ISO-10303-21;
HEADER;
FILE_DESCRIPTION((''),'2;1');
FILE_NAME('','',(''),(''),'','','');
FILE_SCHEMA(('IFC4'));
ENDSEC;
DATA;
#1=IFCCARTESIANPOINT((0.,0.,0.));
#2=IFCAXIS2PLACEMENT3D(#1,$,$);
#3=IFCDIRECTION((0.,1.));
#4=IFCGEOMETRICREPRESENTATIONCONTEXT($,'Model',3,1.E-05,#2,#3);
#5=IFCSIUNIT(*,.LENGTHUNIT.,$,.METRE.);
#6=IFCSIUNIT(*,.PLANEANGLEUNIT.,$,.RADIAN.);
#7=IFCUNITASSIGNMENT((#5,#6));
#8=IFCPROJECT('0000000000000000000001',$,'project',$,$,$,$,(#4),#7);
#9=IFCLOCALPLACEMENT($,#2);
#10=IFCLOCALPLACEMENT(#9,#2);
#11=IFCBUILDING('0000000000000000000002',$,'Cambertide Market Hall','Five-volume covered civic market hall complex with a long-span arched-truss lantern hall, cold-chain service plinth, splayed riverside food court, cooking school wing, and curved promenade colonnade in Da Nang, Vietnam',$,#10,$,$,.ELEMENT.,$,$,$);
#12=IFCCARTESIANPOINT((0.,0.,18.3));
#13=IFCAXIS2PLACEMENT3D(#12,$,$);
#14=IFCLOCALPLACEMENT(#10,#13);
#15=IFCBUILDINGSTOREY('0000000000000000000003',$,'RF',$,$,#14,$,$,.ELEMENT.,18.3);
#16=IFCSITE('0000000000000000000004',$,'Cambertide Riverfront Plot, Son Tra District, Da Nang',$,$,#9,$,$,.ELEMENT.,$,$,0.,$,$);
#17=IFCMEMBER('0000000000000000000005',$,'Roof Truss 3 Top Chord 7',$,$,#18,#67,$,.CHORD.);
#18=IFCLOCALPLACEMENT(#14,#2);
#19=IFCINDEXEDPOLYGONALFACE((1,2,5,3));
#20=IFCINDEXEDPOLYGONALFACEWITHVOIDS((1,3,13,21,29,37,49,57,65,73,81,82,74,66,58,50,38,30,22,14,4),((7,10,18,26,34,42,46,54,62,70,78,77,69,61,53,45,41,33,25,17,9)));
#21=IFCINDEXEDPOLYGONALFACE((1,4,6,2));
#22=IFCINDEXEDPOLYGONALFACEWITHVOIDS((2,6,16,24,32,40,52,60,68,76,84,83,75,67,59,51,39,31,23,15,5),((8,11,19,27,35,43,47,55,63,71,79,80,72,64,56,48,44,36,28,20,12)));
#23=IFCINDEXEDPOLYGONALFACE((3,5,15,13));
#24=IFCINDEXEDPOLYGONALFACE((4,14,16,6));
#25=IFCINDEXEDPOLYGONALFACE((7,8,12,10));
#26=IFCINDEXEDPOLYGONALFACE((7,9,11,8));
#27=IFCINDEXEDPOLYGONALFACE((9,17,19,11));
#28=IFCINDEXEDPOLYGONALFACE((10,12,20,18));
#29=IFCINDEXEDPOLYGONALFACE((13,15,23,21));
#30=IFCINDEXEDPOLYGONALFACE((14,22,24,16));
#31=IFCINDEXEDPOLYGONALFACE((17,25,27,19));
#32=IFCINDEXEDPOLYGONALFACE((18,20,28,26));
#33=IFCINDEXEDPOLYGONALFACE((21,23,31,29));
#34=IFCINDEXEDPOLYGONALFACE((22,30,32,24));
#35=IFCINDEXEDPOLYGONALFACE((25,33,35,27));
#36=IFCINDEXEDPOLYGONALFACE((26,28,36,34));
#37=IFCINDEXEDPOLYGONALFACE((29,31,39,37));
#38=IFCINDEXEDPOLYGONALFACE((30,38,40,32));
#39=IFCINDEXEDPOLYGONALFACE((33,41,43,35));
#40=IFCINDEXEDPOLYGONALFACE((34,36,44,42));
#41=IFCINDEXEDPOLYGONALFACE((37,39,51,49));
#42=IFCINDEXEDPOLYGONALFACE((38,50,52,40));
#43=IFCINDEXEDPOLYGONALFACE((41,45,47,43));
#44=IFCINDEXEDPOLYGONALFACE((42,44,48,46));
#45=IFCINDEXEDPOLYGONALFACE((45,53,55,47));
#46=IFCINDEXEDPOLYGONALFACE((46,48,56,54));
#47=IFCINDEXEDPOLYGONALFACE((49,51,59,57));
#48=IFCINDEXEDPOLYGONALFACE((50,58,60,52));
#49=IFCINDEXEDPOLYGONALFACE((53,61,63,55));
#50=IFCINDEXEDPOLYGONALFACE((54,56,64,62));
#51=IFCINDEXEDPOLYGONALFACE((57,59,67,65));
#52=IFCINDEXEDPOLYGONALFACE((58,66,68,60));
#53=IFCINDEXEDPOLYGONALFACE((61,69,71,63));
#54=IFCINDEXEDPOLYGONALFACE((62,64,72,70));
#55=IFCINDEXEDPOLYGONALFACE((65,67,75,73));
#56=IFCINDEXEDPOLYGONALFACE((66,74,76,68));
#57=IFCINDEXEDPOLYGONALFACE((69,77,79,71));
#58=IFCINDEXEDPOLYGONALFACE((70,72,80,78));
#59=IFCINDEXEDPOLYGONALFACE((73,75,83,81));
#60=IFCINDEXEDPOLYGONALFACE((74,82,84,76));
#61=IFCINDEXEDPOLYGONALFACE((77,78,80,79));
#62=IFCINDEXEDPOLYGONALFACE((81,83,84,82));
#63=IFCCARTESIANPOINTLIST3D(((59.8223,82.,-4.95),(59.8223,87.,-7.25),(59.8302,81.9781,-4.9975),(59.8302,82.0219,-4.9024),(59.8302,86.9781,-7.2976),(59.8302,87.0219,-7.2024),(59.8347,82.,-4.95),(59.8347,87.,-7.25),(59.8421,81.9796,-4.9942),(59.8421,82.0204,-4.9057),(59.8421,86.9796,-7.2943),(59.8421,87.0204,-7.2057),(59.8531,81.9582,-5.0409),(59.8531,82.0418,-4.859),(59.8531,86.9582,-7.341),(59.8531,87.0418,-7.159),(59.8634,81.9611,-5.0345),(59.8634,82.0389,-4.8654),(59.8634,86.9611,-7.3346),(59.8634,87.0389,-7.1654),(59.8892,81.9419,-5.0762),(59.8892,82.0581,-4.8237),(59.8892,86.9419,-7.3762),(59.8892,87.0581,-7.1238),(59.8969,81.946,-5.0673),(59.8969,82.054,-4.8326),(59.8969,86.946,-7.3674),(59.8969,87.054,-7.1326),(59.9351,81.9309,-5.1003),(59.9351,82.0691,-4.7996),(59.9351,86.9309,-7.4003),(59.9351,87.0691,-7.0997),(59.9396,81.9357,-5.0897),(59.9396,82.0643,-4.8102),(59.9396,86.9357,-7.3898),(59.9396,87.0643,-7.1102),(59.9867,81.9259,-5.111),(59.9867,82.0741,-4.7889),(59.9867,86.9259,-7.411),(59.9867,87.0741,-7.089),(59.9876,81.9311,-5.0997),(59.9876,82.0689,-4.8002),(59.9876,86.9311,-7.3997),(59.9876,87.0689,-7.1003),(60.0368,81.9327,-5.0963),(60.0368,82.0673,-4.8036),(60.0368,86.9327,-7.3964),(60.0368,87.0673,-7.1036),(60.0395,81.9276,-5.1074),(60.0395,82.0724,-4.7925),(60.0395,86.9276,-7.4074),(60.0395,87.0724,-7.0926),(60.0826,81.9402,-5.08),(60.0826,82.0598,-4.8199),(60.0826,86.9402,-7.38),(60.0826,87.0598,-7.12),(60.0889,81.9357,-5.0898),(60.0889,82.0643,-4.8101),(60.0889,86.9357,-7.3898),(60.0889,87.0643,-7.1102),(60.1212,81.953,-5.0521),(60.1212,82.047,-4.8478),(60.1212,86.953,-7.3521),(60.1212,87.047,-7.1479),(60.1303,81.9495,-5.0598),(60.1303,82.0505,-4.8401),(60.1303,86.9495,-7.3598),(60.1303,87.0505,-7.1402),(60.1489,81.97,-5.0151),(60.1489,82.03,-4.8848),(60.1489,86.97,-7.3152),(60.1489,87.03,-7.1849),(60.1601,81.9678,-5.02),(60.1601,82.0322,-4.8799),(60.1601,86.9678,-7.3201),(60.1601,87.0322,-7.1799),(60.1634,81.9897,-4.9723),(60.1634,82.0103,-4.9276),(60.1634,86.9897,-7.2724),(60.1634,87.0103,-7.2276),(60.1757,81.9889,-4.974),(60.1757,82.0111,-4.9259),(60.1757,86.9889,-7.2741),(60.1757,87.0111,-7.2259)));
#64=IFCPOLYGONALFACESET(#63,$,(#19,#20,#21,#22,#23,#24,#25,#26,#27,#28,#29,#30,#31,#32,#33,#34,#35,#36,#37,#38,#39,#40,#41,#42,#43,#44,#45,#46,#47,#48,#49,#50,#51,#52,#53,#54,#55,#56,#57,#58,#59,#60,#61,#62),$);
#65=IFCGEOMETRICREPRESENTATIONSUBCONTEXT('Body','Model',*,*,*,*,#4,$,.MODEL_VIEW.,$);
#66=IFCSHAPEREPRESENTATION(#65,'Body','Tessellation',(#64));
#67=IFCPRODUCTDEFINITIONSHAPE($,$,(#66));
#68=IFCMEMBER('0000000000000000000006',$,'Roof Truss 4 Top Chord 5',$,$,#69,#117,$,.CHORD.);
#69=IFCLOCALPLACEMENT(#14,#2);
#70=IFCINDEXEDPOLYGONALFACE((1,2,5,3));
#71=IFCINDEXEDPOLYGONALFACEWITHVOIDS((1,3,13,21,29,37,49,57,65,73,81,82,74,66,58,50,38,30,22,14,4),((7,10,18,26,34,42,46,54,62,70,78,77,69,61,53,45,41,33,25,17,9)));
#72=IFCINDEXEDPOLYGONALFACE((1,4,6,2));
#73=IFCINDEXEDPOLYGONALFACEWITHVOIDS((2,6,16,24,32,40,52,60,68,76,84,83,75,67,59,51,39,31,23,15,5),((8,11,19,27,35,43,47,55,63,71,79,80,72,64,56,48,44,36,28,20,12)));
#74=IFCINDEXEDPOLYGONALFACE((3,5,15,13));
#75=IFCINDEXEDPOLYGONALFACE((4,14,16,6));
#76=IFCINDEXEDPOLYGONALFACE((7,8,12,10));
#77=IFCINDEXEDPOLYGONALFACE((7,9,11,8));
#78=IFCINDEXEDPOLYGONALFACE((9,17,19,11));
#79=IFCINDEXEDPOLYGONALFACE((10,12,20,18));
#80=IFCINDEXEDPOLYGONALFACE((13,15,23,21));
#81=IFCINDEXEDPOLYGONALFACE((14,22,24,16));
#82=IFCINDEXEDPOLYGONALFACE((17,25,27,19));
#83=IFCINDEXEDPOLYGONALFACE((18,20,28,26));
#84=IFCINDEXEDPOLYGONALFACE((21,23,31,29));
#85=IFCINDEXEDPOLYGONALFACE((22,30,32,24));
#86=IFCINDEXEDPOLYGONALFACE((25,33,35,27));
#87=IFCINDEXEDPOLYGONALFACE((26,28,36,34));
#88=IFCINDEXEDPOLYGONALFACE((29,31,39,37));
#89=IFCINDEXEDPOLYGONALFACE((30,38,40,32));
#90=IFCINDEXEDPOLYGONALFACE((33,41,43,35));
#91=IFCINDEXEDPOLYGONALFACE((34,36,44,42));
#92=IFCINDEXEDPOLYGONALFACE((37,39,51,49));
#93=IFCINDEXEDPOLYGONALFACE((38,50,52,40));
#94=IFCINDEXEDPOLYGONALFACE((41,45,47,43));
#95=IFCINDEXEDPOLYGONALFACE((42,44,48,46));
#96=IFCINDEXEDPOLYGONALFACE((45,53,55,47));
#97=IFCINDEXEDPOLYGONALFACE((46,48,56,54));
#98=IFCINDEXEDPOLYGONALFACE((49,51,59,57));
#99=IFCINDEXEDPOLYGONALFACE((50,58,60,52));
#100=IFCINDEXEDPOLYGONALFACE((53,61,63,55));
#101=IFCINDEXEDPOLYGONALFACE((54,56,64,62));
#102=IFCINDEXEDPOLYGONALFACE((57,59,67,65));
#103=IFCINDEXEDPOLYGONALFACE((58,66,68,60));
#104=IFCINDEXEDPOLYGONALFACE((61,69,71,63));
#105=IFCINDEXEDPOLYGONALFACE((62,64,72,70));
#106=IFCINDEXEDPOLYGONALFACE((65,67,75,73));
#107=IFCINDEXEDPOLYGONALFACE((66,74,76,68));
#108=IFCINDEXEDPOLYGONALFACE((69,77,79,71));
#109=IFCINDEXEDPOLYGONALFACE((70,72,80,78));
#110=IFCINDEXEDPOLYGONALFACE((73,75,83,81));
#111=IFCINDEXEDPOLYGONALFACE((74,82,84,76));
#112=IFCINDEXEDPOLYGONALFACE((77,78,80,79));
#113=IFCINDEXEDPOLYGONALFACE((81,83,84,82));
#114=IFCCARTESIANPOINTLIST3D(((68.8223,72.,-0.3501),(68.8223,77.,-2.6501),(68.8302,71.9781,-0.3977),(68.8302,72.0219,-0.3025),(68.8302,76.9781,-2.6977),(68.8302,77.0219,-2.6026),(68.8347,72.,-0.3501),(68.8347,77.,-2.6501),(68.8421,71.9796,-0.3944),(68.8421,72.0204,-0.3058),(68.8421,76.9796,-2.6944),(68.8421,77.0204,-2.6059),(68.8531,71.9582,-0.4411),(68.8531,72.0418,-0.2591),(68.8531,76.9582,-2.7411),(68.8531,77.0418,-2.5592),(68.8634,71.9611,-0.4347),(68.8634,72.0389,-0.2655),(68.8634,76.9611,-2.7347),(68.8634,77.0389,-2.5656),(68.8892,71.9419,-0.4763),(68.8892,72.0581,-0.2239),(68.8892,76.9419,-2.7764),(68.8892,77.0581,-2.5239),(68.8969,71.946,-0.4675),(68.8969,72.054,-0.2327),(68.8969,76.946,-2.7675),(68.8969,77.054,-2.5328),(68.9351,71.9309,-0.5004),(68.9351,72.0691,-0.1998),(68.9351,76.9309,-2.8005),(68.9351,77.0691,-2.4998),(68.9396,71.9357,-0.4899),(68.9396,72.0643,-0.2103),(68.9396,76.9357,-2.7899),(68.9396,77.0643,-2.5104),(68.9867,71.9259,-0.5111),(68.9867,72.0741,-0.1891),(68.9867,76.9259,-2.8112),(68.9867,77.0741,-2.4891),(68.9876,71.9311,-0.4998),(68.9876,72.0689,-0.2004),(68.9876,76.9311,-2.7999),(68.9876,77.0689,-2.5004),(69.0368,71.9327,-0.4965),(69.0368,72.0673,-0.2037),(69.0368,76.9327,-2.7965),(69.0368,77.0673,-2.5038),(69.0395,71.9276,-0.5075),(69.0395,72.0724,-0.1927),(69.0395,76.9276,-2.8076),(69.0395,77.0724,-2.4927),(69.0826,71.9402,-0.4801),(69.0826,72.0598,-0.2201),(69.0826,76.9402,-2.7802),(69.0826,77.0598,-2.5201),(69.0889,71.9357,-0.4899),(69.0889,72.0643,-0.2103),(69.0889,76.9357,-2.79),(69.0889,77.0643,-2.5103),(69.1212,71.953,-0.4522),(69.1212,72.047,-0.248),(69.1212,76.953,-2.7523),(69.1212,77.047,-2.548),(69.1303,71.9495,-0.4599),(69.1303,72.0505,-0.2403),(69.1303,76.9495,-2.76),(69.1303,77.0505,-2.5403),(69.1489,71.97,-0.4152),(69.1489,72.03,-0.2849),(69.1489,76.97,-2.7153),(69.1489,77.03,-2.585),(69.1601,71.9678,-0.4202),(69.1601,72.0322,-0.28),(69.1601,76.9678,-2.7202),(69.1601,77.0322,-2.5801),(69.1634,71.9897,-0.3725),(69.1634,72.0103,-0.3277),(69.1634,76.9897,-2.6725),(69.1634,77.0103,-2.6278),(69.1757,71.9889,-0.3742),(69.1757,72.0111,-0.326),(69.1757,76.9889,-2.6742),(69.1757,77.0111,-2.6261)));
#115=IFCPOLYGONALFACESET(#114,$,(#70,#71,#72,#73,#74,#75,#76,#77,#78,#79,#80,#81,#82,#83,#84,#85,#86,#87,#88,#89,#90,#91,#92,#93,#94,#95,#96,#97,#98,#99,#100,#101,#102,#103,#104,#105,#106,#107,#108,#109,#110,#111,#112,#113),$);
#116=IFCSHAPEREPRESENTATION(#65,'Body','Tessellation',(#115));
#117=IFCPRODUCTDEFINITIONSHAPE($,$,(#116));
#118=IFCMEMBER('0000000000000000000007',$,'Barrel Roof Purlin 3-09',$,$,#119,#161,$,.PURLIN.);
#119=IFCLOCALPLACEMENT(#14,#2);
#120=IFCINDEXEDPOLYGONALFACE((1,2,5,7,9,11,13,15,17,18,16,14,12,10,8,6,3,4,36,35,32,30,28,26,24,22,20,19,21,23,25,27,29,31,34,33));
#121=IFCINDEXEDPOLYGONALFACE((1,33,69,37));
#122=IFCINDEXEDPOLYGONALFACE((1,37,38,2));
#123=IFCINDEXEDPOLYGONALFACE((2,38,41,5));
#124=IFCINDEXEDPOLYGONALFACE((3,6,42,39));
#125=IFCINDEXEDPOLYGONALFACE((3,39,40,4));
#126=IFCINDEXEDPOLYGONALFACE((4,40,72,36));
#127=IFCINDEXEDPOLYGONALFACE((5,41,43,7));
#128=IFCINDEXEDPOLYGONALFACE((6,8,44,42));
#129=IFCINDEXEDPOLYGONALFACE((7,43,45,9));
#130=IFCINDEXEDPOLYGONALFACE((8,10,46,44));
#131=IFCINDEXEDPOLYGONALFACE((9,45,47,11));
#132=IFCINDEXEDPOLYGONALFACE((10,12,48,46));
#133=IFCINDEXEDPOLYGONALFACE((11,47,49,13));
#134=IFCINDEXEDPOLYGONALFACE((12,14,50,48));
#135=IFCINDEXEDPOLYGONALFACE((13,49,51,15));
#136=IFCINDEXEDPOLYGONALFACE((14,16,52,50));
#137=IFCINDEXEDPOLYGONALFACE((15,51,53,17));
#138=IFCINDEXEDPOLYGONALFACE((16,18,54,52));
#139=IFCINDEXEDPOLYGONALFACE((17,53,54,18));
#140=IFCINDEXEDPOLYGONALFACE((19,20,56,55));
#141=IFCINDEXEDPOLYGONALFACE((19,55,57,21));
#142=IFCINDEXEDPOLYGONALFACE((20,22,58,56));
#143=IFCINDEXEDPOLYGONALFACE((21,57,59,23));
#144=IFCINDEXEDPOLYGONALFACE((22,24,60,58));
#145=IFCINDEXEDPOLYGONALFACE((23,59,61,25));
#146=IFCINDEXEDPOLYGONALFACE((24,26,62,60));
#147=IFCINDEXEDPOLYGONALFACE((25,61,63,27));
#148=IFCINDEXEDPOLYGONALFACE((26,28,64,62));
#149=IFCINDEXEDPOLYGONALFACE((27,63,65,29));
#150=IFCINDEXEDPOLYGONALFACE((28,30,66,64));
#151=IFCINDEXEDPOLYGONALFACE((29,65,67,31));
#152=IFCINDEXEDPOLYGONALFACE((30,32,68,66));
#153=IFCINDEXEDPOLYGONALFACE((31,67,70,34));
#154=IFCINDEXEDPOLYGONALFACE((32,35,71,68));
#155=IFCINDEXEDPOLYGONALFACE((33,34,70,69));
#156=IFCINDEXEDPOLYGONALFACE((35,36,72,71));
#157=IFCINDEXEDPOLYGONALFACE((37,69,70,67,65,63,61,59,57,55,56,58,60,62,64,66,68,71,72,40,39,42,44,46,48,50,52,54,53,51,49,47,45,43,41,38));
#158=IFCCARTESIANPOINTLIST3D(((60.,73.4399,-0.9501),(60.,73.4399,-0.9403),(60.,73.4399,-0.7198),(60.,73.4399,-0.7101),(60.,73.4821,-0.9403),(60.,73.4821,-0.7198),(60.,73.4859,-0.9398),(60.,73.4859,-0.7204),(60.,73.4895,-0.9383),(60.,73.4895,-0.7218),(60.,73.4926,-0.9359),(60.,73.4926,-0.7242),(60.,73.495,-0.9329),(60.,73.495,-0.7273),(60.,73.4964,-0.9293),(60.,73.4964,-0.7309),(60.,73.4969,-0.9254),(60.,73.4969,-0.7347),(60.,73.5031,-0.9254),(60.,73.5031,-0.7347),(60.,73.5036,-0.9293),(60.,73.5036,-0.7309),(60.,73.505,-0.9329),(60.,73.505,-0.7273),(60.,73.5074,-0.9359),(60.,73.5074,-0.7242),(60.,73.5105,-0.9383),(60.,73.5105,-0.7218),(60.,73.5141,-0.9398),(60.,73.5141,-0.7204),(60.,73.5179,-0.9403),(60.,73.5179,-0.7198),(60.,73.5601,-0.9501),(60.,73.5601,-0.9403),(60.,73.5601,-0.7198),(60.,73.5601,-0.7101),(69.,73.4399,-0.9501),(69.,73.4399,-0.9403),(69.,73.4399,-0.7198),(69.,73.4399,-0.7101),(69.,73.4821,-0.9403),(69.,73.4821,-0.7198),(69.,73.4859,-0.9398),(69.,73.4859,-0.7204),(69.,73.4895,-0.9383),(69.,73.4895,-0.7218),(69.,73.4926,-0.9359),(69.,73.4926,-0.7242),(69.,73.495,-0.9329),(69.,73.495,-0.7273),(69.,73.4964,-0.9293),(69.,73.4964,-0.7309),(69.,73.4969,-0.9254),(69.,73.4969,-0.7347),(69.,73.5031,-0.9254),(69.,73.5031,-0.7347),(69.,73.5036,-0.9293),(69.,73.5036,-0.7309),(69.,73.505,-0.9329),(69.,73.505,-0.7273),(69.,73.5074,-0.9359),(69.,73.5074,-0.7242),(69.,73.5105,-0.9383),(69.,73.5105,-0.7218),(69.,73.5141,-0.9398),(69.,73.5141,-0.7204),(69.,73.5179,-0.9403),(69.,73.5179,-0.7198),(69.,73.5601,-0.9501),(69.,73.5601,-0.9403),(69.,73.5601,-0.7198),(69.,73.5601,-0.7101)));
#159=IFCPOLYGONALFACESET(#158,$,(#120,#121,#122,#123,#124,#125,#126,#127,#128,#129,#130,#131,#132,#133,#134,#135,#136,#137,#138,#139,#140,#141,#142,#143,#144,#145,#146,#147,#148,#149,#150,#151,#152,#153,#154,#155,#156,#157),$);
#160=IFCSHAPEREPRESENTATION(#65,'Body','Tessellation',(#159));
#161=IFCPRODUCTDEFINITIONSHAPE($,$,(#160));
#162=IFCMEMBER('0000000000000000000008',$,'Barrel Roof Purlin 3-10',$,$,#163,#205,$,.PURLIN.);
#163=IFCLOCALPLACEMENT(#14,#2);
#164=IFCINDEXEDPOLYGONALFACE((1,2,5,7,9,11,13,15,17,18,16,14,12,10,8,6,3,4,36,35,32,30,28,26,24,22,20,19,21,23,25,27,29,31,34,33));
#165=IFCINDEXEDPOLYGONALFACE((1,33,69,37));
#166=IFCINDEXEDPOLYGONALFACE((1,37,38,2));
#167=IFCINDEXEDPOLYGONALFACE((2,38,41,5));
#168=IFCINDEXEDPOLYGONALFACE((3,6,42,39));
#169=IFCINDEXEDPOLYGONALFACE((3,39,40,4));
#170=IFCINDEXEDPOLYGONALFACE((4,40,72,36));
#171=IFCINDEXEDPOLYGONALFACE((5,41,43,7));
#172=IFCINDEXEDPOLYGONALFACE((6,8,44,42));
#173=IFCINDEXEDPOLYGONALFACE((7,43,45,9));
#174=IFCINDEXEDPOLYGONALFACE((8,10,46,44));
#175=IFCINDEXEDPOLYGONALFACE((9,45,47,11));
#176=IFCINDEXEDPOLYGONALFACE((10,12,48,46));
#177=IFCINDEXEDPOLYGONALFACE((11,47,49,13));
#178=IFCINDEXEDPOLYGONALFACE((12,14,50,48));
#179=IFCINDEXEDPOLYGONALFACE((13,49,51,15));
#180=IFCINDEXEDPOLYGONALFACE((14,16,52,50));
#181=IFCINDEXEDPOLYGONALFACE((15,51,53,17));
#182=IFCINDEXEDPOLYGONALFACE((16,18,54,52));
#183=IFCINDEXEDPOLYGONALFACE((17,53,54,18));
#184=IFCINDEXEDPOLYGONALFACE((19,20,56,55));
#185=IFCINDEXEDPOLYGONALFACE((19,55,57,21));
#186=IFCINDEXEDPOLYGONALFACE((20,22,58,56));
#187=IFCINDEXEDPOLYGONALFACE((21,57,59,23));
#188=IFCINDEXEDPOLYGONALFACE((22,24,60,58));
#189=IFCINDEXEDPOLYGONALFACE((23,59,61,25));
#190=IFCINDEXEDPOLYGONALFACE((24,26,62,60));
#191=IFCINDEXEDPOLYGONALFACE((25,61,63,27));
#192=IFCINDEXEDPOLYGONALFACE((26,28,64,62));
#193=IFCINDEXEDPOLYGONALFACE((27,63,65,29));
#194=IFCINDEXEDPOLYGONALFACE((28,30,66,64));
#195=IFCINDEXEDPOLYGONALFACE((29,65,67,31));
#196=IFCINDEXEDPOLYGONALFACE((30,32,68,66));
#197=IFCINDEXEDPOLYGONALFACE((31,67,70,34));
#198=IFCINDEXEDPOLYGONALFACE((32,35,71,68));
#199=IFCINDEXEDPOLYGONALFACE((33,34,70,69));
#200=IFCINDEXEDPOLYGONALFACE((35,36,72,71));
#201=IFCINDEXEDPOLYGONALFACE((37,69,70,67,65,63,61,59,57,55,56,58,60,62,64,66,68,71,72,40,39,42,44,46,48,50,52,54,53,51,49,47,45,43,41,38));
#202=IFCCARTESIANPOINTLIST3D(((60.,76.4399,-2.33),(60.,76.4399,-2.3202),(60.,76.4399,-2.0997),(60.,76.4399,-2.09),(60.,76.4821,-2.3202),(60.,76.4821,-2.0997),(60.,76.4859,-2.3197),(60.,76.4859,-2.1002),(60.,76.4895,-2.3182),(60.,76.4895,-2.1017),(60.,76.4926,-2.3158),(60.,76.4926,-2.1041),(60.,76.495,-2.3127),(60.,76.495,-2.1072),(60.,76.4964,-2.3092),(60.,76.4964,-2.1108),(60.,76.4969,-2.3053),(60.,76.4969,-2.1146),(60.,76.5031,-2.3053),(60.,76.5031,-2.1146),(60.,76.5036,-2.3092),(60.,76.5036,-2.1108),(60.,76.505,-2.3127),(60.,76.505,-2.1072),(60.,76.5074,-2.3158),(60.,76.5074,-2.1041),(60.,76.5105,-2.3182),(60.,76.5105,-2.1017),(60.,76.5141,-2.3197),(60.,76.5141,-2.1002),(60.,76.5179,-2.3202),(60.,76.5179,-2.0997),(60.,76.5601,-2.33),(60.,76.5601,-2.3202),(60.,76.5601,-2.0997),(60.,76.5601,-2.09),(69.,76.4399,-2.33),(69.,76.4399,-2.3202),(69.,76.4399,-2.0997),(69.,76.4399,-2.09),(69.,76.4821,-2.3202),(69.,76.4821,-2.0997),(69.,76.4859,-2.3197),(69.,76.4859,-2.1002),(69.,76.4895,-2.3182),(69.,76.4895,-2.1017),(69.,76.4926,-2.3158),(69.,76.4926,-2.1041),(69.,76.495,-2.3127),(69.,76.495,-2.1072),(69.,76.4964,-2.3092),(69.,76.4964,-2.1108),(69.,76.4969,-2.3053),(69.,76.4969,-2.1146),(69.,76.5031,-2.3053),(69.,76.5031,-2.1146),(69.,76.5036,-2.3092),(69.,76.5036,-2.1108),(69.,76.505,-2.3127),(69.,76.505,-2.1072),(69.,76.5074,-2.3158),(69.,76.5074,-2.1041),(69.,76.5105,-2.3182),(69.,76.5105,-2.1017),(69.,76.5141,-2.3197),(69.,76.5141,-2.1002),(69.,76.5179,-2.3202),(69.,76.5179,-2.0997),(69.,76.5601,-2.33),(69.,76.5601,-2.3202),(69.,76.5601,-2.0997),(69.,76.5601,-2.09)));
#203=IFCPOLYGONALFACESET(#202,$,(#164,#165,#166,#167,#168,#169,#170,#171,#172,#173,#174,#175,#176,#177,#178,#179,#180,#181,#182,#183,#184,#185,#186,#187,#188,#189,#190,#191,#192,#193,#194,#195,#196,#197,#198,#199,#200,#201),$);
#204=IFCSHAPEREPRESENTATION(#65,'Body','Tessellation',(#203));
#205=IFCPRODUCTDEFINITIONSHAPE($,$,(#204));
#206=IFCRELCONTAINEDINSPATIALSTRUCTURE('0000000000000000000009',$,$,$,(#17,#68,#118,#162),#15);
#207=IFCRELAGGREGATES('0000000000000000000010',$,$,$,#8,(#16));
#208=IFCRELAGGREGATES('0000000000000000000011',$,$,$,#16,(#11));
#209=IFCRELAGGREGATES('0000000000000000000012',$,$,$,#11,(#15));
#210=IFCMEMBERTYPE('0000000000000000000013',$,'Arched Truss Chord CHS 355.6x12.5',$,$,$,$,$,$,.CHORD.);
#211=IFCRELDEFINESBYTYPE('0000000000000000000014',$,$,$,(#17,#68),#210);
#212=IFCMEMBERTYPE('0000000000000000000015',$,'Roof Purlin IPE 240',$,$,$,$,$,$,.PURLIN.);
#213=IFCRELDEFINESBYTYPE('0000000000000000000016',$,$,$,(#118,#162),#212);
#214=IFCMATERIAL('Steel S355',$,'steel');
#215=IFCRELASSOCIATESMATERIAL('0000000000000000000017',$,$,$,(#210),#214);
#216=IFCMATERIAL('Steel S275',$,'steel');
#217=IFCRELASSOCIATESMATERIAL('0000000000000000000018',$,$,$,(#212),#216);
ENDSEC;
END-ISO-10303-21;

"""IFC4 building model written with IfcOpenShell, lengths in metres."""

from ifc_helpers import new_model, si_unit, direction, frame, origin, origin_2d, place, context, subcontext, project, spatial, hollow_circle, i_section, extrude, material, material_profile, profile_set, type_object, element, save


model = new_model("IFC4")

# Units and contexts
model_context = context("Model", 3, precision=1e-05, world=origin(), true_north=direction((0.0, 1.0)))
body_context = subcontext(model_context, "Body", "Model", "MODEL_VIEW")
ifc_project = project(units=[si_unit("LENGTHUNIT", "METRE"), si_unit("PLANEANGLEUNIT", "RADIAN")], contexts=[model_context])

# Site, building, storey
site_placement = place(None, origin())
site = spatial("IfcSite", under=ifc_project, at=site_placement, Name="Cambertide Riverfront Plot, Son Tra District, Da Nang", CompositionType="ELEMENT", RefElevation=0.0)
building_placement = place(site_placement, origin())
building = spatial("IfcBuilding", under=site, at=building_placement, Name="Cambertide Market Hall", Description="Five-volume covered civic market hall complex with a long-span arched-truss lantern hall, cold-chain service plinth, splayed riverside food court, cooking school wing, and curved promenade colonnade in Da Nang, Vietnam", CompositionType="ELEMENT")
storey_placement = place(building_placement, frame((0.0, 0.0, 18.3)))
storey = spatial("IfcBuildingStorey", under=building, at=storey_placement, Name="RF", CompositionType="ELEMENT", Elevation=18.3)

# Members
ifc_material_1 = material(Name="Steel S355", Category="steel")
ifc_material_profile_1 = material_profile(ifc_material_1, hollow_circle(Radius=0.1777, WallThickness=0.0125, at=origin_2d()), Name="CHS 355.6x12.5")
ifc_profile_set_1 = profile_set([ifc_material_profile_1], Name="Steel S355")
member_type_1 = type_object("IfcMemberType", Name="Arched Truss Chord CHS 355.6x12.5", PredefinedType="CHORD", material=ifc_profile_set_1)
for number, where, z_axis, x_axis, name in (
    (1, (60.0, 82.0, -4.95), (0.0, 0.908487, -0.417913), (-1.0, 0.0, 0.0), "Roof Truss 3 Top Chord 7"),
    (2, (69.0, 72.0, -0.3501), (0.0, 0.908487, -0.417913), (-1.0, 0.0, 0.0), "Roof Truss 4 Top Chord 5"),
):
    element("IfcMember", number, at=place(storey_placement, frame(where, z_axis=z_axis, x_axis=x_axis)), inside=storey, type_object=member_type_1, Name=name, PredefinedType="CHORD", context=body_context, shape_type="SweptSolid", body=[
        extrude(hollow_circle(Radius=0.1777, WallThickness=0.0125, at=origin_2d()), origin(), (0.0, 0.0, 1.0), 5.5037),
    ])
ifc_material_2 = material(Name="Steel S275", Category="steel")
ifc_material_profile_2 = material_profile(ifc_material_2, i_section(OverallWidth=0.1201, OverallDepth=0.24, WebThickness=0.0061, FlangeThickness=0.0098, FilletRadius=0.0149, at=origin_2d()), Name="IPE 240")
ifc_profile_set_2 = profile_set([ifc_material_profile_2], Name="Steel S275")
member_type_2 = type_object("IfcMemberType", Name="Roof Purlin IPE 240", PredefinedType="PURLIN", material=ifc_profile_set_2)
for number, where, z_axis, x_axis, name in (
    (3, (60.0, 73.5, -0.8301), (1.0, 0.0, 0.0), (0.0, 1.0, 0.0), "Barrel Roof Purlin 3-09"),
    (4, (60.0, 76.5, -2.21), (1.0, 0.0, 0.0), (0.0, 1.0, 0.0), "Barrel Roof Purlin 3-10"),
):
    element("IfcMember", number, at=place(storey_placement, frame(where, z_axis=z_axis, x_axis=x_axis)), inside=storey, type_object=member_type_2, Name=name, PredefinedType="PURLIN", context=body_context, shape_type="SweptSolid", body=[
        extrude(i_section(OverallWidth=0.1201, OverallDepth=0.24, WebThickness=0.0061, FlangeThickness=0.0098, FilletRadius=0.0149, at=origin_2d()), origin(), (0.0, 0.0, 1.0), 9.0),
    ])

save(model, "model.ifc")
